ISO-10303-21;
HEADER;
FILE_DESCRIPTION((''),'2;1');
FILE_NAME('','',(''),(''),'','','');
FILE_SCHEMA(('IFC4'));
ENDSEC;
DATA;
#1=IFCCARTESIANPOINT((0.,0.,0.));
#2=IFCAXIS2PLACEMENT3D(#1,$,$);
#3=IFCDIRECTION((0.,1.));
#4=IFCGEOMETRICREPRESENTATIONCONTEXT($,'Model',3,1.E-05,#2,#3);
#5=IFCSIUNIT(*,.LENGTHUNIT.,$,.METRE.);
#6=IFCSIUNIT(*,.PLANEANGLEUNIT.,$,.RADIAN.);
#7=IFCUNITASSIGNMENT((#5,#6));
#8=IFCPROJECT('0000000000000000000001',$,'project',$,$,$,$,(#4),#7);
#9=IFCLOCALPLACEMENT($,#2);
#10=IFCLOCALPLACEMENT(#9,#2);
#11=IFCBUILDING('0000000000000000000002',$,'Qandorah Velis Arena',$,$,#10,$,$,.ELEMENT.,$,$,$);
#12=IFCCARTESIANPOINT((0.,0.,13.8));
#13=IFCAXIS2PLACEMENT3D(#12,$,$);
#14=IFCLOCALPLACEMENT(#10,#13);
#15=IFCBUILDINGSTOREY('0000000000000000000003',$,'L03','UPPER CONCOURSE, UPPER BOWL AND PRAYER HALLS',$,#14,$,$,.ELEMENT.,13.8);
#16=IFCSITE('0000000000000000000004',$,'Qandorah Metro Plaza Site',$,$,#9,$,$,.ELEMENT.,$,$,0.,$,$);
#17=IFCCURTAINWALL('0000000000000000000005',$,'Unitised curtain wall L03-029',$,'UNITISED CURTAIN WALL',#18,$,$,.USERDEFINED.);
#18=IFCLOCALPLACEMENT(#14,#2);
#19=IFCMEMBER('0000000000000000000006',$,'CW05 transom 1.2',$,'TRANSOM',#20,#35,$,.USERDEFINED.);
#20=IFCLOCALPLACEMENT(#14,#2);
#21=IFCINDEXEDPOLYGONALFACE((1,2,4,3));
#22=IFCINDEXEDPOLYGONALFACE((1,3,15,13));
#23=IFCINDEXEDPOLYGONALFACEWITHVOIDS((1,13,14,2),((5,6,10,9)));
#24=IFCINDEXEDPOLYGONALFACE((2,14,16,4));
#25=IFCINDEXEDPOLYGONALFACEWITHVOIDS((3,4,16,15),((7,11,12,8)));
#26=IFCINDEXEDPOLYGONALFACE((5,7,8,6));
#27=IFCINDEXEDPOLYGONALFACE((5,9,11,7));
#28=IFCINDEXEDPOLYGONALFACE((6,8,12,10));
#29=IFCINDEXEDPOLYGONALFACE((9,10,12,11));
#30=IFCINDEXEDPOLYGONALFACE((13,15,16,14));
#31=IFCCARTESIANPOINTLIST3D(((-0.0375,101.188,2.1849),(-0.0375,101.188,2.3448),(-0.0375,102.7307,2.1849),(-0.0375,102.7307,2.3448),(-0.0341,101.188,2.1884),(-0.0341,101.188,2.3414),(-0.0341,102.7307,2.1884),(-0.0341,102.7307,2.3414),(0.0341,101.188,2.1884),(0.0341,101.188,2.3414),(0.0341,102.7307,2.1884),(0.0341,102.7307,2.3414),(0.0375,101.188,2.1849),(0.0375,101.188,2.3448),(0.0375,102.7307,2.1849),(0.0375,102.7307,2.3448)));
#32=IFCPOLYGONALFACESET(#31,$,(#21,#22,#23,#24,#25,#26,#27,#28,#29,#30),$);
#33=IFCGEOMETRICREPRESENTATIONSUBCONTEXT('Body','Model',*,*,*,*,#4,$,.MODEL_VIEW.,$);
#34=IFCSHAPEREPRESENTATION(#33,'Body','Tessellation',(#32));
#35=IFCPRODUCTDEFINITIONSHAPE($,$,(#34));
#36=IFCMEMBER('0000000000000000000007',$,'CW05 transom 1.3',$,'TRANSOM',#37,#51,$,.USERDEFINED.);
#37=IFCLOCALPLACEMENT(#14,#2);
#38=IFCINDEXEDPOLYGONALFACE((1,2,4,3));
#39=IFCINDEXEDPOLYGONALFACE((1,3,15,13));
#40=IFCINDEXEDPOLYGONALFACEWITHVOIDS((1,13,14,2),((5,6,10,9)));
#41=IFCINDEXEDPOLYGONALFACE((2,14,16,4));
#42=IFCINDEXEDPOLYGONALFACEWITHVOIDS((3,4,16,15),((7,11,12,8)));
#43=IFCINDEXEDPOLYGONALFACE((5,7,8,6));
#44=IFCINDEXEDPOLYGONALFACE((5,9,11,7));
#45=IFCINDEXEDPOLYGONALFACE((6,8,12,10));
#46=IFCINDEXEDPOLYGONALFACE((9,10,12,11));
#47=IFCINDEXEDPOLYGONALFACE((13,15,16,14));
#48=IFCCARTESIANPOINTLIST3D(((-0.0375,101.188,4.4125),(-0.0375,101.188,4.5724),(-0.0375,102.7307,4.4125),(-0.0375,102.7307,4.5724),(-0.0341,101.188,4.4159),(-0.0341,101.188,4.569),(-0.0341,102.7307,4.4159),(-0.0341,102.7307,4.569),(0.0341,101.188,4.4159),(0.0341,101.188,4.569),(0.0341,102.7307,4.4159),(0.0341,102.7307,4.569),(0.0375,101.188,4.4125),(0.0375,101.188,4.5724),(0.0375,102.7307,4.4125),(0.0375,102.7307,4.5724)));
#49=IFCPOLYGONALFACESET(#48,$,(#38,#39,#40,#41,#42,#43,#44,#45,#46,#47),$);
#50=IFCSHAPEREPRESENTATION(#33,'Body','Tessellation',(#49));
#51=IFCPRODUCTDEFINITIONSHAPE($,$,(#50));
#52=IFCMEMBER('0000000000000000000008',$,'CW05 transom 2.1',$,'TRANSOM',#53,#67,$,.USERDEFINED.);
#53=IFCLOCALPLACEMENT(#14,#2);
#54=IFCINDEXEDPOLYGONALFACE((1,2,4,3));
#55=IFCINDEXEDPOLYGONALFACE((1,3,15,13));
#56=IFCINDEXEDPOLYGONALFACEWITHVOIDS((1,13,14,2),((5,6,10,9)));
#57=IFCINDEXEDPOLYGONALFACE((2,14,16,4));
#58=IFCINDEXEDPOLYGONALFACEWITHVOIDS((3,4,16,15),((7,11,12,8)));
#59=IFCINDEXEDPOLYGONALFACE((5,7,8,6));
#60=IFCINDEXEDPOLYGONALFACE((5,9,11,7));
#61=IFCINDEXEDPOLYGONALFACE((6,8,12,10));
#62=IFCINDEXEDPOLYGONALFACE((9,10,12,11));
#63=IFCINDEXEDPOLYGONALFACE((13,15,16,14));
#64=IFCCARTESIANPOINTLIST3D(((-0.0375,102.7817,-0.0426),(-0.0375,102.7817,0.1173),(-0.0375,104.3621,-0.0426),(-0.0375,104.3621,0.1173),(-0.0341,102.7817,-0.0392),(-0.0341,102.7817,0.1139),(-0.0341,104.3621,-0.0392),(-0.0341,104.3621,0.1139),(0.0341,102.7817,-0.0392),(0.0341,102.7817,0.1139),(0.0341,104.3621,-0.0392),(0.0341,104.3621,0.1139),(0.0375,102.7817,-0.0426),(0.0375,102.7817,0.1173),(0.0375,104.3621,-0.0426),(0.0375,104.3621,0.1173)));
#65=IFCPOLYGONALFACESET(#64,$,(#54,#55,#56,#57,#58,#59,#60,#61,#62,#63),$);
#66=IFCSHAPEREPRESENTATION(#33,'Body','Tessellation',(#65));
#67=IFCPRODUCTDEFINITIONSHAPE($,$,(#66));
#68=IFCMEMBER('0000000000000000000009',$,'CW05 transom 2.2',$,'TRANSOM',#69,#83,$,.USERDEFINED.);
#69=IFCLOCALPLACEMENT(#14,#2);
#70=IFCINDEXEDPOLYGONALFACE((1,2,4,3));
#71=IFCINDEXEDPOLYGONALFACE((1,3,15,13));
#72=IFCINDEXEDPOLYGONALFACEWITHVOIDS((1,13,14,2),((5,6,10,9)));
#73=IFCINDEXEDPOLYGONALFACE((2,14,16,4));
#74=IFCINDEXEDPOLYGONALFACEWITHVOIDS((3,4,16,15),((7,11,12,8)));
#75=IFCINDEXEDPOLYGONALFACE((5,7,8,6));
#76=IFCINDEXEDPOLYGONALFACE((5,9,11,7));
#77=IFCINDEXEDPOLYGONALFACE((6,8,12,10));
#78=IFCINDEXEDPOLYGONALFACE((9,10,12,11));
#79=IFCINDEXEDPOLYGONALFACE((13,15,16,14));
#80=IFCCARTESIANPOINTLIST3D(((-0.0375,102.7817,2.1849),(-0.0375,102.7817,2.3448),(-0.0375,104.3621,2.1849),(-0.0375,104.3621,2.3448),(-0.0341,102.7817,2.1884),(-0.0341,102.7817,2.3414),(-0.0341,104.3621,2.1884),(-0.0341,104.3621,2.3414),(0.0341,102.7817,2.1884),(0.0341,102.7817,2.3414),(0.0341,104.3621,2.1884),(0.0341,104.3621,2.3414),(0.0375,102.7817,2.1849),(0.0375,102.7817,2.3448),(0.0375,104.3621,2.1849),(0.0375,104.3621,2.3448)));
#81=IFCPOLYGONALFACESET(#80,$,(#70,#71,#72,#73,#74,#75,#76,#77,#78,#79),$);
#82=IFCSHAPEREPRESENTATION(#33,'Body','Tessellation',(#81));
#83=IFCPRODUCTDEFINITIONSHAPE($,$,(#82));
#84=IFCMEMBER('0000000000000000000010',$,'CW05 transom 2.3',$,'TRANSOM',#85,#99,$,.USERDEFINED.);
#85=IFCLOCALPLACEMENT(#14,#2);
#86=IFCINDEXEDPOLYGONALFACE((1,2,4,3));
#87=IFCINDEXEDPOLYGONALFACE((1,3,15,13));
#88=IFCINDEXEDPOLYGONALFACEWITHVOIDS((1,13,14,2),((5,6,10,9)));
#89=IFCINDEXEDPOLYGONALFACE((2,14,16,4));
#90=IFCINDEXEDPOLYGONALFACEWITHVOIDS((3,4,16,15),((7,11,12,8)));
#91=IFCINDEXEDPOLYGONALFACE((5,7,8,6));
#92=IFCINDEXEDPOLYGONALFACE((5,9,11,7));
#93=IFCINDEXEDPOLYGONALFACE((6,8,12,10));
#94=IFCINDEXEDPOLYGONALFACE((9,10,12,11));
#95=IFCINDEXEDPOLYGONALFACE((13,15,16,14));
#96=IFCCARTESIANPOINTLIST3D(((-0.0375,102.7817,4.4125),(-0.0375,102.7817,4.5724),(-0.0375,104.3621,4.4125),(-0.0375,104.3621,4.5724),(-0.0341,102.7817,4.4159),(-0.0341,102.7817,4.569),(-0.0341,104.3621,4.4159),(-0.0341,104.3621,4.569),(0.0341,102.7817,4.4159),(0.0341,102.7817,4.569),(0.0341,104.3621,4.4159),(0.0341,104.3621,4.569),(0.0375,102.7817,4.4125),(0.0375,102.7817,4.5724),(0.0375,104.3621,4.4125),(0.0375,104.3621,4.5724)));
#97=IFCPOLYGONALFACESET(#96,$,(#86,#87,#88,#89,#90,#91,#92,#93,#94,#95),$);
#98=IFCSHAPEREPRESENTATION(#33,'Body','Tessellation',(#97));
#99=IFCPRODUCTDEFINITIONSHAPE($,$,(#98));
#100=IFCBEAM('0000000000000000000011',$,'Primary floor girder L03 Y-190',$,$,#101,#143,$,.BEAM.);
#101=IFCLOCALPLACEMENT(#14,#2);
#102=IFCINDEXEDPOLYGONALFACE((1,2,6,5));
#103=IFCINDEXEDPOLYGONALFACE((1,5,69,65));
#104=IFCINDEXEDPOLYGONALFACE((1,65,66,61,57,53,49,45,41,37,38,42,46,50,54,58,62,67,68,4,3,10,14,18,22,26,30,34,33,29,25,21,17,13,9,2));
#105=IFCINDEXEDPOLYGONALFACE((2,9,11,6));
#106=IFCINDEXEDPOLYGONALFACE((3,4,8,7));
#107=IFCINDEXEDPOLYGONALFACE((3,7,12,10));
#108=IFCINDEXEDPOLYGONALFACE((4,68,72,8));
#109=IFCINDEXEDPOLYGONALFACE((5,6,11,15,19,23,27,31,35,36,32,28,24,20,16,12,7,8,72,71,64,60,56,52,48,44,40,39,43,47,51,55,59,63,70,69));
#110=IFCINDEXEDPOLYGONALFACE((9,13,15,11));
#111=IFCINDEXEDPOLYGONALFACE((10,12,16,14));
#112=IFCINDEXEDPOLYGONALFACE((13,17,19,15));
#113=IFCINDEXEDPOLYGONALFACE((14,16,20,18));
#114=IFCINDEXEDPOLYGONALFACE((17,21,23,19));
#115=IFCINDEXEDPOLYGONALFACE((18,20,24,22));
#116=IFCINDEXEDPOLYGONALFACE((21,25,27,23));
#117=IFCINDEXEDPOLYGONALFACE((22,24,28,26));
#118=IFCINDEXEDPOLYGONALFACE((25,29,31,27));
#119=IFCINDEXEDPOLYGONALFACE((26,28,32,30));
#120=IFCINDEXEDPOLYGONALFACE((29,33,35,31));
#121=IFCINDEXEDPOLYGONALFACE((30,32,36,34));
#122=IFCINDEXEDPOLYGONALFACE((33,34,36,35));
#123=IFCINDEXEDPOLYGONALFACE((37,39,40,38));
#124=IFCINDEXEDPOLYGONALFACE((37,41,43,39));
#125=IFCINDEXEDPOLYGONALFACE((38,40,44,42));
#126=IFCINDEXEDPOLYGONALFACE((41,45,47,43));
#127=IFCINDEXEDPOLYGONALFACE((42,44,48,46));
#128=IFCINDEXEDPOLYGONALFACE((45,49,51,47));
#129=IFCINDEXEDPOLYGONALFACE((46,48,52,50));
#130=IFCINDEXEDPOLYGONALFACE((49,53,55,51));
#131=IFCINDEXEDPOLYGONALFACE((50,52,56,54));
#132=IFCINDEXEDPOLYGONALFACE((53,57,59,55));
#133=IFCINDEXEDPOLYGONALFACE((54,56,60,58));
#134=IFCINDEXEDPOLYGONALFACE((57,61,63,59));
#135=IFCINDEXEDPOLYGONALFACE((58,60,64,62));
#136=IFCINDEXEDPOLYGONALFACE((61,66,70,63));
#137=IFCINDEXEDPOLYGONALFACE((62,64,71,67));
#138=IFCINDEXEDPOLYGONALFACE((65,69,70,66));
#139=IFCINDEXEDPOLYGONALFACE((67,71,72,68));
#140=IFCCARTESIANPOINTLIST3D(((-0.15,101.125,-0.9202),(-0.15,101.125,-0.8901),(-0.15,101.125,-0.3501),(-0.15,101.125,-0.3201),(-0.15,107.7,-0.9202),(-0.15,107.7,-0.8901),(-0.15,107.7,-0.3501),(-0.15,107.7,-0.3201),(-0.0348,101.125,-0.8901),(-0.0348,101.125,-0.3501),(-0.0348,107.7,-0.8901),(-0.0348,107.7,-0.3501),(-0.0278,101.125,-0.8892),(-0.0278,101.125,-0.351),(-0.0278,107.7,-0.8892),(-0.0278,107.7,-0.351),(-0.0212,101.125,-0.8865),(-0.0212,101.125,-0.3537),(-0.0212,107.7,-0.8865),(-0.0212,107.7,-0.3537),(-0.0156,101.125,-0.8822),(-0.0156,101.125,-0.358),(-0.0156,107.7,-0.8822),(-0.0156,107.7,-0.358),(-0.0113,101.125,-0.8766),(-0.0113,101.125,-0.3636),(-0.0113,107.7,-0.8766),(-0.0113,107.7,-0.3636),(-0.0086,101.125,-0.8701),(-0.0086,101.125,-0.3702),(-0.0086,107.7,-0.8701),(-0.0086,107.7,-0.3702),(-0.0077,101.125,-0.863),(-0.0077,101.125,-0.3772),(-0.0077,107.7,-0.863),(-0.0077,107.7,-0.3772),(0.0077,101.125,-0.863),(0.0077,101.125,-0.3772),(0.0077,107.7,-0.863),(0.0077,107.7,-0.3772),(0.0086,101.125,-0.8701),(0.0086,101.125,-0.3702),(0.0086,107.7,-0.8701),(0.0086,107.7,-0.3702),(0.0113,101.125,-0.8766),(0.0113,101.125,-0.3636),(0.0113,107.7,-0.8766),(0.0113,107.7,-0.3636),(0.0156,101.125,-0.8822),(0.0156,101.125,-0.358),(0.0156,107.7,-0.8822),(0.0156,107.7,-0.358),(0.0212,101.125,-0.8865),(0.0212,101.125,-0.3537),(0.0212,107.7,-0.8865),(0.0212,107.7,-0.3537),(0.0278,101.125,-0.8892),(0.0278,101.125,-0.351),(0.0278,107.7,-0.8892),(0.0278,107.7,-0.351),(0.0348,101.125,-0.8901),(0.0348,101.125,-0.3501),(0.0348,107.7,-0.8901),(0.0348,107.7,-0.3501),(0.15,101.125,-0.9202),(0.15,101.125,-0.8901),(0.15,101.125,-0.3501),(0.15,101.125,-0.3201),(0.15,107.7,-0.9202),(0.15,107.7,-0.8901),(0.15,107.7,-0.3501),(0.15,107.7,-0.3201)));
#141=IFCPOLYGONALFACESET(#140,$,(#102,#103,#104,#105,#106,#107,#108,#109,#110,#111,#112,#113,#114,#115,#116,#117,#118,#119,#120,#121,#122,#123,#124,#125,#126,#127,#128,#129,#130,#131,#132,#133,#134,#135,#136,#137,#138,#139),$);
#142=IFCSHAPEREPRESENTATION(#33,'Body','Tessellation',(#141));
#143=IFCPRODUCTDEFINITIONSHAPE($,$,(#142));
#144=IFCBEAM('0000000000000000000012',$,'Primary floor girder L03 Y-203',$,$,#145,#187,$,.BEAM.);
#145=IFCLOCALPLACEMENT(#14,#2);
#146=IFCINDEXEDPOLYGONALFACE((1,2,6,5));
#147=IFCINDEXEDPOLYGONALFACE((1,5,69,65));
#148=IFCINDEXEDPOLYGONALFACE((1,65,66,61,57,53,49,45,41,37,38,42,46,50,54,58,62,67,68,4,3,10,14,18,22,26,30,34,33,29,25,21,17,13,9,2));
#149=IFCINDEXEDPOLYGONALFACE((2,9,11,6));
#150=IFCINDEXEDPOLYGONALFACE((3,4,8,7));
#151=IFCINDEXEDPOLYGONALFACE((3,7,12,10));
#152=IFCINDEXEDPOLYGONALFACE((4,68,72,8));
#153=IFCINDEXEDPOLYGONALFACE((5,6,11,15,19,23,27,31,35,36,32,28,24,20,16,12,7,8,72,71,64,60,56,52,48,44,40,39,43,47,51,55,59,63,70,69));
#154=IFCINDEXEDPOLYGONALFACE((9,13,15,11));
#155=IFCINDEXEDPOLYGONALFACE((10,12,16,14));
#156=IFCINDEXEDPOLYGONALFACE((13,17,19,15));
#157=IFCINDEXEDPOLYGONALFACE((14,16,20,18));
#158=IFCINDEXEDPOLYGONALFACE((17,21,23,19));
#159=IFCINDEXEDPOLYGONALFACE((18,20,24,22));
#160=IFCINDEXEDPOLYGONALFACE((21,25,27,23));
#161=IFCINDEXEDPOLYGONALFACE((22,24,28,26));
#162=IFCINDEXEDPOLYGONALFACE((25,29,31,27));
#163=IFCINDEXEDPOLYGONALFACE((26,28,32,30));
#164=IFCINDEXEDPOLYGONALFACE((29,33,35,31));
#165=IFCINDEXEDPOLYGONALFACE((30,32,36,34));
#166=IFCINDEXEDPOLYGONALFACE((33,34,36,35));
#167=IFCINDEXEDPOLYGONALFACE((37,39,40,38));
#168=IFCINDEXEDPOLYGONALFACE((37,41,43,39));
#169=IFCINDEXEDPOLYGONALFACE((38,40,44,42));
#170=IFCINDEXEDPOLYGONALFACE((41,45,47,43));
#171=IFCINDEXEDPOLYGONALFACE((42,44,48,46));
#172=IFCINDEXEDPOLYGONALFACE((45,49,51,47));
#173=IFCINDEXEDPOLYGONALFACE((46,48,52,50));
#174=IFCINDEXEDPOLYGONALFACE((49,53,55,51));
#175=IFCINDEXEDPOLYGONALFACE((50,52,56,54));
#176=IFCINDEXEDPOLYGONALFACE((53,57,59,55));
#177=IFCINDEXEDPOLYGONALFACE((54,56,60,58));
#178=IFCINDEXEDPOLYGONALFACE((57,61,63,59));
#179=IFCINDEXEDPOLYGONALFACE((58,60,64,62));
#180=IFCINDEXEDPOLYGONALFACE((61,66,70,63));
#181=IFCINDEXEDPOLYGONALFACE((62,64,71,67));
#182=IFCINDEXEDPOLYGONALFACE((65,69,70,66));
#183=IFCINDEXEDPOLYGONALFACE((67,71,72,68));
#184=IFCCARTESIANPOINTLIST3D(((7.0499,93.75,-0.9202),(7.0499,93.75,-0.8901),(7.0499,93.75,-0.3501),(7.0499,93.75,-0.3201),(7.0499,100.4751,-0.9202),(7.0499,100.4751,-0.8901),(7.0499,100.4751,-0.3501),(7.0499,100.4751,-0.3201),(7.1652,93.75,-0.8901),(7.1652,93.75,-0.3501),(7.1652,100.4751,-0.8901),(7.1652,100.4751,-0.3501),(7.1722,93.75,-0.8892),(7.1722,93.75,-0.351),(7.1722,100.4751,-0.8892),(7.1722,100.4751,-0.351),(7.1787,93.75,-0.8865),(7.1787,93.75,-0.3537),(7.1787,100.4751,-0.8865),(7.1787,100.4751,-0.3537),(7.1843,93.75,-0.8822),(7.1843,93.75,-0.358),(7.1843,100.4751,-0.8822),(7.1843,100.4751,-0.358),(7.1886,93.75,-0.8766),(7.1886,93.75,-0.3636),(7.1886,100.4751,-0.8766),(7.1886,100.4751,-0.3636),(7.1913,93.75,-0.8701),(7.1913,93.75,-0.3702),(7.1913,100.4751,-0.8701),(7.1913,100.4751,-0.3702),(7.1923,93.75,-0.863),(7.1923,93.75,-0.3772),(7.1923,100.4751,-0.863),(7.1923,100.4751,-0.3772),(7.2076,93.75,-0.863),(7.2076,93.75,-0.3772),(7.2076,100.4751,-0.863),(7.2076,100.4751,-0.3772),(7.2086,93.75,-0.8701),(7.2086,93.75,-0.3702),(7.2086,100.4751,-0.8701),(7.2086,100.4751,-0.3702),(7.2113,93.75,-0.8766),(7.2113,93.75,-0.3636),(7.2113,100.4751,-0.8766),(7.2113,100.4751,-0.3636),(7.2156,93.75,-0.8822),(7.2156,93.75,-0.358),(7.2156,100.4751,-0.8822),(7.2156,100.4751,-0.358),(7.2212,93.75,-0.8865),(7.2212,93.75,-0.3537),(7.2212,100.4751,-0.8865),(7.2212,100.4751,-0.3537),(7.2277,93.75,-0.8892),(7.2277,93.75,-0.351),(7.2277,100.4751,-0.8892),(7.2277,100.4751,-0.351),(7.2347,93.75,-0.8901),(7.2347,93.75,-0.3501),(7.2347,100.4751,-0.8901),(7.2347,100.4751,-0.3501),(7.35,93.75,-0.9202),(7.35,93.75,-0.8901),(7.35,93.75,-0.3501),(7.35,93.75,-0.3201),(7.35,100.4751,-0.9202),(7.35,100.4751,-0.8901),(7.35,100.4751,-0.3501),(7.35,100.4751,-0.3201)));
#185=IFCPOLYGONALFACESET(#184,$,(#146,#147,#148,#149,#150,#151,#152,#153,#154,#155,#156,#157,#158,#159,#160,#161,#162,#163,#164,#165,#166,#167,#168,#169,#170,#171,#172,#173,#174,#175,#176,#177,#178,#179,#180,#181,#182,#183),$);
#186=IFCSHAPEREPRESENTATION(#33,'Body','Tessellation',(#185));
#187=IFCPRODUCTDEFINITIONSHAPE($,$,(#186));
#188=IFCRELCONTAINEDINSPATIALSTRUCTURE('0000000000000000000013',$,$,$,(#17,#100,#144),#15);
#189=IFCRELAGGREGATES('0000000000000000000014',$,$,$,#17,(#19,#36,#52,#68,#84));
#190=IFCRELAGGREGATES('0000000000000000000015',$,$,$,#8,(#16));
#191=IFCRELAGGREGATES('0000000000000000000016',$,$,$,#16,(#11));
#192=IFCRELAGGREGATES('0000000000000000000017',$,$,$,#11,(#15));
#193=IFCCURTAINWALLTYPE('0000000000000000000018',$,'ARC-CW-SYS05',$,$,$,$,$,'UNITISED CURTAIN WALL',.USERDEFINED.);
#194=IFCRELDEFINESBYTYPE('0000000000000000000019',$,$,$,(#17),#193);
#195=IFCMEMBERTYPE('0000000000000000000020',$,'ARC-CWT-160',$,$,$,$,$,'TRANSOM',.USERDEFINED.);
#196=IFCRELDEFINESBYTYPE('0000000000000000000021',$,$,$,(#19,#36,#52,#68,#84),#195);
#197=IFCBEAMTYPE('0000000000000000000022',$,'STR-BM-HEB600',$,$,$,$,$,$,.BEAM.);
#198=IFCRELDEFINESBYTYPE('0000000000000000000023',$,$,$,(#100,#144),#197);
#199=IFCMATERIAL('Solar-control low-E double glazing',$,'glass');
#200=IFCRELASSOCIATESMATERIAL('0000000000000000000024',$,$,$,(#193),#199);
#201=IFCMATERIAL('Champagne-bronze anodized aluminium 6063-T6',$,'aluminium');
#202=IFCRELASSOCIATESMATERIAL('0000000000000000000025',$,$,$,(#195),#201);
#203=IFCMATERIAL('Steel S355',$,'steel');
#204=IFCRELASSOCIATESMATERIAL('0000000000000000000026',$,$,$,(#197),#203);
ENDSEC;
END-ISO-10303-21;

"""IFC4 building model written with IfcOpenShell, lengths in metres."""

from ifc_helpers import new_model, si_unit, direction, frame, origin, origin_2d, place, context, subcontext, project, spatial, hollow_rectangle, i_section, extrude, material, material_profile, profile_set, type_object, element, aggregate, save


model = new_model("IFC4")

# Units and contexts
model_context = context("Model", 3, precision=1e-05, world=origin(), true_north=direction((0.0, 1.0)))
body_context = subcontext(model_context, "Body", "Model", "MODEL_VIEW")
ifc_project = project(units=[si_unit("LENGTHUNIT", "METRE"), si_unit("PLANEANGLEUNIT", "RADIAN")], contexts=[model_context])

# Site, building, storey
site_placement = place(None, origin())
site = spatial("IfcSite", under=ifc_project, at=site_placement, Name="Qandorah Metro Plaza Site", CompositionType="ELEMENT", RefElevation=0.0)
building_placement = place(site_placement, origin())
building = spatial("IfcBuilding", under=site, at=building_placement, Name="Qandorah Velis Arena", CompositionType="ELEMENT")
storey_placement = place(building_placement, frame((0.0, 0.0, 13.8)))
storey = spatial("IfcBuildingStorey", under=building, at=storey_placement, Name="L03", Description="UPPER CONCOURSE, UPPER BOWL AND PRAYER HALLS", CompositionType="ELEMENT", Elevation=13.8)

# Shared definitions
ifc_material_1 = material(Name="Solar-control low-E double glazing", Category="glass")
ifc_material_2 = material(Name="Champagne-bronze anodized aluminium 6063-T6", Category="aluminium")

# Curtain wall, members
curtain_wall_type_1 = type_object("IfcCurtainWallType", Name="ARC-CW-SYS05", ElementType="UNITISED CURTAIN WALL", PredefinedType="USERDEFINED", material=ifc_material_1)
curtain_wall_1_placement = place(storey_placement, origin())
curtain_wall_1 = element("IfcCurtainWall", 1, at=curtain_wall_1_placement, inside=storey, type_object=curtain_wall_type_1, Name="Unitised curtain wall L03-029", ObjectType="UNITISED CURTAIN WALL", PredefinedType="USERDEFINED")
ifc_material_profile_1 = material_profile(ifc_material_2, hollow_rectangle(XDim=0.075, YDim=0.1599, WallThickness=0.0034, at=origin_2d()), Name="ALU TRANSOM 75x160")
ifc_profile_set_1 = profile_set([ifc_material_profile_1], Name="Champagne-bronze anodized aluminium 6063-T6")
member_type_1 = type_object("IfcMemberType", Name="ARC-CWT-160", ElementType="TRANSOM", PredefinedType="USERDEFINED", material=ifc_profile_set_1)
member_1_placement = place(storey_placement, frame((0.0, 101.188, 2.2649), z_axis=(0.0, 1.0, 0.0), x_axis=(-1.0, 0.0, 0.0)))
member_1 = element("IfcMember", 2, at=member_1_placement, type_object=member_type_1, Name="CW05 transom 1.2", ObjectType="TRANSOM", PredefinedType="USERDEFINED", context=body_context, shape_type="SweptSolid", body=[
    extrude(hollow_rectangle(XDim=0.075, YDim=0.1599, WallThickness=0.0034, at=origin_2d()), origin(), (0.0, 0.0, 1.0), 1.5427),
])
member_2_placement = place(storey_placement, frame((0.0, 101.188, 4.4924), z_axis=(0.0, 1.0, 0.0), x_axis=(-1.0, 0.0, 0.0)))
member_2 = element("IfcMember", 3, at=member_2_placement, type_object=member_type_1, Name="CW05 transom 1.3", ObjectType="TRANSOM", PredefinedType="USERDEFINED", context=body_context, shape_type="SweptSolid", body=[
    extrude(hollow_rectangle(XDim=0.075, YDim=0.1599, WallThickness=0.0034, at=origin_2d()), origin(), (0.0, 0.0, 1.0), 1.5427),
])
member_3_placement = place(storey_placement, frame((0.0, 102.7817, 0.0374), z_axis=(0.0, 1.0, 0.0), x_axis=(-1.0, 0.0, 0.0)))
member_3 = element("IfcMember", 4, at=member_3_placement, type_object=member_type_1, Name="CW05 transom 2.1", ObjectType="TRANSOM", PredefinedType="USERDEFINED", context=body_context, shape_type="SweptSolid", body=[
    extrude(hollow_rectangle(XDim=0.075, YDim=0.1599, WallThickness=0.0034, at=origin_2d()), origin(), (0.0, 0.0, 1.0), 1.5803),
])
member_4_placement = place(storey_placement, frame((0.0, 102.7817, 2.2649), z_axis=(0.0, 1.0, 0.0), x_axis=(-1.0, 0.0, 0.0)))
member_4 = element("IfcMember", 5, at=member_4_placement, type_object=member_type_1, Name="CW05 transom 2.2", ObjectType="TRANSOM", PredefinedType="USERDEFINED", context=body_context, shape_type="SweptSolid", body=[
    extrude(hollow_rectangle(XDim=0.075, YDim=0.1599, WallThickness=0.0034, at=origin_2d()), origin(), (0.0, 0.0, 1.0), 1.5803),
])
member_5_placement = place(storey_placement, frame((0.0, 102.7817, 4.4924), z_axis=(0.0, 1.0, 0.0), x_axis=(-1.0, 0.0, 0.0)))
member_5 = element("IfcMember", 6, at=member_5_placement, type_object=member_type_1, Name="CW05 transom 2.3", ObjectType="TRANSOM", PredefinedType="USERDEFINED", context=body_context, shape_type="SweptSolid", body=[
    extrude(hollow_rectangle(XDim=0.075, YDim=0.1599, WallThickness=0.0034, at=origin_2d()), origin(), (0.0, 0.0, 1.0), 1.5803),
])

# Beams
ifc_material_3 = material(Name="Steel S355", Category="steel")
ifc_material_profile_2 = material_profile(ifc_material_3, i_section(OverallWidth=0.3, OverallDepth=0.6001, WebThickness=0.0154, FlangeThickness=0.03, FilletRadius=0.0271, at=origin_2d()), Name="HEB 600")
ifc_profile_set_2 = profile_set([ifc_material_profile_2], Name="Steel S355")
beam_type_1 = type_object("IfcBeamType", Name="STR-BM-HEB600", PredefinedType="BEAM", material=ifc_profile_set_2)
beam_1_placement = place(storey_placement, frame((0.0, 101.125, -0.6201), z_axis=(0.0, 1.0, 0.0), x_axis=(-1.0, 0.0, 0.0)))
element("IfcBeam", 7, at=beam_1_placement, inside=storey, type_object=beam_type_1, Name="Primary floor girder L03 Y-190", PredefinedType="BEAM", context=body_context, shape_type="SweptSolid", body=[
    extrude(i_section(OverallWidth=0.3, OverallDepth=0.6001, WebThickness=0.0154, FlangeThickness=0.03, FilletRadius=0.0271, at=origin_2d()), origin(), (0.0, 0.0, 1.0), 6.575),
])
beam_2_placement = place(storey_placement, frame((7.2, 93.75, -0.6201), z_axis=(0.0, 1.0, 0.0), x_axis=(-1.0, 0.0, 0.0)))
element("IfcBeam", 8, at=beam_2_placement, inside=storey, type_object=beam_type_1, Name="Primary floor girder L03 Y-203", PredefinedType="BEAM", context=body_context, shape_type="SweptSolid", body=[
    extrude(i_section(OverallWidth=0.3, OverallDepth=0.6001, WebThickness=0.0154, FlangeThickness=0.03, FilletRadius=0.0271, at=origin_2d()), origin(), (0.0, 0.0, 1.0), 6.7251),
])

aggregate(curtain_wall_1, [member_1, member_2, member_3, member_4, member_5])

save(model, "model.ifc")
